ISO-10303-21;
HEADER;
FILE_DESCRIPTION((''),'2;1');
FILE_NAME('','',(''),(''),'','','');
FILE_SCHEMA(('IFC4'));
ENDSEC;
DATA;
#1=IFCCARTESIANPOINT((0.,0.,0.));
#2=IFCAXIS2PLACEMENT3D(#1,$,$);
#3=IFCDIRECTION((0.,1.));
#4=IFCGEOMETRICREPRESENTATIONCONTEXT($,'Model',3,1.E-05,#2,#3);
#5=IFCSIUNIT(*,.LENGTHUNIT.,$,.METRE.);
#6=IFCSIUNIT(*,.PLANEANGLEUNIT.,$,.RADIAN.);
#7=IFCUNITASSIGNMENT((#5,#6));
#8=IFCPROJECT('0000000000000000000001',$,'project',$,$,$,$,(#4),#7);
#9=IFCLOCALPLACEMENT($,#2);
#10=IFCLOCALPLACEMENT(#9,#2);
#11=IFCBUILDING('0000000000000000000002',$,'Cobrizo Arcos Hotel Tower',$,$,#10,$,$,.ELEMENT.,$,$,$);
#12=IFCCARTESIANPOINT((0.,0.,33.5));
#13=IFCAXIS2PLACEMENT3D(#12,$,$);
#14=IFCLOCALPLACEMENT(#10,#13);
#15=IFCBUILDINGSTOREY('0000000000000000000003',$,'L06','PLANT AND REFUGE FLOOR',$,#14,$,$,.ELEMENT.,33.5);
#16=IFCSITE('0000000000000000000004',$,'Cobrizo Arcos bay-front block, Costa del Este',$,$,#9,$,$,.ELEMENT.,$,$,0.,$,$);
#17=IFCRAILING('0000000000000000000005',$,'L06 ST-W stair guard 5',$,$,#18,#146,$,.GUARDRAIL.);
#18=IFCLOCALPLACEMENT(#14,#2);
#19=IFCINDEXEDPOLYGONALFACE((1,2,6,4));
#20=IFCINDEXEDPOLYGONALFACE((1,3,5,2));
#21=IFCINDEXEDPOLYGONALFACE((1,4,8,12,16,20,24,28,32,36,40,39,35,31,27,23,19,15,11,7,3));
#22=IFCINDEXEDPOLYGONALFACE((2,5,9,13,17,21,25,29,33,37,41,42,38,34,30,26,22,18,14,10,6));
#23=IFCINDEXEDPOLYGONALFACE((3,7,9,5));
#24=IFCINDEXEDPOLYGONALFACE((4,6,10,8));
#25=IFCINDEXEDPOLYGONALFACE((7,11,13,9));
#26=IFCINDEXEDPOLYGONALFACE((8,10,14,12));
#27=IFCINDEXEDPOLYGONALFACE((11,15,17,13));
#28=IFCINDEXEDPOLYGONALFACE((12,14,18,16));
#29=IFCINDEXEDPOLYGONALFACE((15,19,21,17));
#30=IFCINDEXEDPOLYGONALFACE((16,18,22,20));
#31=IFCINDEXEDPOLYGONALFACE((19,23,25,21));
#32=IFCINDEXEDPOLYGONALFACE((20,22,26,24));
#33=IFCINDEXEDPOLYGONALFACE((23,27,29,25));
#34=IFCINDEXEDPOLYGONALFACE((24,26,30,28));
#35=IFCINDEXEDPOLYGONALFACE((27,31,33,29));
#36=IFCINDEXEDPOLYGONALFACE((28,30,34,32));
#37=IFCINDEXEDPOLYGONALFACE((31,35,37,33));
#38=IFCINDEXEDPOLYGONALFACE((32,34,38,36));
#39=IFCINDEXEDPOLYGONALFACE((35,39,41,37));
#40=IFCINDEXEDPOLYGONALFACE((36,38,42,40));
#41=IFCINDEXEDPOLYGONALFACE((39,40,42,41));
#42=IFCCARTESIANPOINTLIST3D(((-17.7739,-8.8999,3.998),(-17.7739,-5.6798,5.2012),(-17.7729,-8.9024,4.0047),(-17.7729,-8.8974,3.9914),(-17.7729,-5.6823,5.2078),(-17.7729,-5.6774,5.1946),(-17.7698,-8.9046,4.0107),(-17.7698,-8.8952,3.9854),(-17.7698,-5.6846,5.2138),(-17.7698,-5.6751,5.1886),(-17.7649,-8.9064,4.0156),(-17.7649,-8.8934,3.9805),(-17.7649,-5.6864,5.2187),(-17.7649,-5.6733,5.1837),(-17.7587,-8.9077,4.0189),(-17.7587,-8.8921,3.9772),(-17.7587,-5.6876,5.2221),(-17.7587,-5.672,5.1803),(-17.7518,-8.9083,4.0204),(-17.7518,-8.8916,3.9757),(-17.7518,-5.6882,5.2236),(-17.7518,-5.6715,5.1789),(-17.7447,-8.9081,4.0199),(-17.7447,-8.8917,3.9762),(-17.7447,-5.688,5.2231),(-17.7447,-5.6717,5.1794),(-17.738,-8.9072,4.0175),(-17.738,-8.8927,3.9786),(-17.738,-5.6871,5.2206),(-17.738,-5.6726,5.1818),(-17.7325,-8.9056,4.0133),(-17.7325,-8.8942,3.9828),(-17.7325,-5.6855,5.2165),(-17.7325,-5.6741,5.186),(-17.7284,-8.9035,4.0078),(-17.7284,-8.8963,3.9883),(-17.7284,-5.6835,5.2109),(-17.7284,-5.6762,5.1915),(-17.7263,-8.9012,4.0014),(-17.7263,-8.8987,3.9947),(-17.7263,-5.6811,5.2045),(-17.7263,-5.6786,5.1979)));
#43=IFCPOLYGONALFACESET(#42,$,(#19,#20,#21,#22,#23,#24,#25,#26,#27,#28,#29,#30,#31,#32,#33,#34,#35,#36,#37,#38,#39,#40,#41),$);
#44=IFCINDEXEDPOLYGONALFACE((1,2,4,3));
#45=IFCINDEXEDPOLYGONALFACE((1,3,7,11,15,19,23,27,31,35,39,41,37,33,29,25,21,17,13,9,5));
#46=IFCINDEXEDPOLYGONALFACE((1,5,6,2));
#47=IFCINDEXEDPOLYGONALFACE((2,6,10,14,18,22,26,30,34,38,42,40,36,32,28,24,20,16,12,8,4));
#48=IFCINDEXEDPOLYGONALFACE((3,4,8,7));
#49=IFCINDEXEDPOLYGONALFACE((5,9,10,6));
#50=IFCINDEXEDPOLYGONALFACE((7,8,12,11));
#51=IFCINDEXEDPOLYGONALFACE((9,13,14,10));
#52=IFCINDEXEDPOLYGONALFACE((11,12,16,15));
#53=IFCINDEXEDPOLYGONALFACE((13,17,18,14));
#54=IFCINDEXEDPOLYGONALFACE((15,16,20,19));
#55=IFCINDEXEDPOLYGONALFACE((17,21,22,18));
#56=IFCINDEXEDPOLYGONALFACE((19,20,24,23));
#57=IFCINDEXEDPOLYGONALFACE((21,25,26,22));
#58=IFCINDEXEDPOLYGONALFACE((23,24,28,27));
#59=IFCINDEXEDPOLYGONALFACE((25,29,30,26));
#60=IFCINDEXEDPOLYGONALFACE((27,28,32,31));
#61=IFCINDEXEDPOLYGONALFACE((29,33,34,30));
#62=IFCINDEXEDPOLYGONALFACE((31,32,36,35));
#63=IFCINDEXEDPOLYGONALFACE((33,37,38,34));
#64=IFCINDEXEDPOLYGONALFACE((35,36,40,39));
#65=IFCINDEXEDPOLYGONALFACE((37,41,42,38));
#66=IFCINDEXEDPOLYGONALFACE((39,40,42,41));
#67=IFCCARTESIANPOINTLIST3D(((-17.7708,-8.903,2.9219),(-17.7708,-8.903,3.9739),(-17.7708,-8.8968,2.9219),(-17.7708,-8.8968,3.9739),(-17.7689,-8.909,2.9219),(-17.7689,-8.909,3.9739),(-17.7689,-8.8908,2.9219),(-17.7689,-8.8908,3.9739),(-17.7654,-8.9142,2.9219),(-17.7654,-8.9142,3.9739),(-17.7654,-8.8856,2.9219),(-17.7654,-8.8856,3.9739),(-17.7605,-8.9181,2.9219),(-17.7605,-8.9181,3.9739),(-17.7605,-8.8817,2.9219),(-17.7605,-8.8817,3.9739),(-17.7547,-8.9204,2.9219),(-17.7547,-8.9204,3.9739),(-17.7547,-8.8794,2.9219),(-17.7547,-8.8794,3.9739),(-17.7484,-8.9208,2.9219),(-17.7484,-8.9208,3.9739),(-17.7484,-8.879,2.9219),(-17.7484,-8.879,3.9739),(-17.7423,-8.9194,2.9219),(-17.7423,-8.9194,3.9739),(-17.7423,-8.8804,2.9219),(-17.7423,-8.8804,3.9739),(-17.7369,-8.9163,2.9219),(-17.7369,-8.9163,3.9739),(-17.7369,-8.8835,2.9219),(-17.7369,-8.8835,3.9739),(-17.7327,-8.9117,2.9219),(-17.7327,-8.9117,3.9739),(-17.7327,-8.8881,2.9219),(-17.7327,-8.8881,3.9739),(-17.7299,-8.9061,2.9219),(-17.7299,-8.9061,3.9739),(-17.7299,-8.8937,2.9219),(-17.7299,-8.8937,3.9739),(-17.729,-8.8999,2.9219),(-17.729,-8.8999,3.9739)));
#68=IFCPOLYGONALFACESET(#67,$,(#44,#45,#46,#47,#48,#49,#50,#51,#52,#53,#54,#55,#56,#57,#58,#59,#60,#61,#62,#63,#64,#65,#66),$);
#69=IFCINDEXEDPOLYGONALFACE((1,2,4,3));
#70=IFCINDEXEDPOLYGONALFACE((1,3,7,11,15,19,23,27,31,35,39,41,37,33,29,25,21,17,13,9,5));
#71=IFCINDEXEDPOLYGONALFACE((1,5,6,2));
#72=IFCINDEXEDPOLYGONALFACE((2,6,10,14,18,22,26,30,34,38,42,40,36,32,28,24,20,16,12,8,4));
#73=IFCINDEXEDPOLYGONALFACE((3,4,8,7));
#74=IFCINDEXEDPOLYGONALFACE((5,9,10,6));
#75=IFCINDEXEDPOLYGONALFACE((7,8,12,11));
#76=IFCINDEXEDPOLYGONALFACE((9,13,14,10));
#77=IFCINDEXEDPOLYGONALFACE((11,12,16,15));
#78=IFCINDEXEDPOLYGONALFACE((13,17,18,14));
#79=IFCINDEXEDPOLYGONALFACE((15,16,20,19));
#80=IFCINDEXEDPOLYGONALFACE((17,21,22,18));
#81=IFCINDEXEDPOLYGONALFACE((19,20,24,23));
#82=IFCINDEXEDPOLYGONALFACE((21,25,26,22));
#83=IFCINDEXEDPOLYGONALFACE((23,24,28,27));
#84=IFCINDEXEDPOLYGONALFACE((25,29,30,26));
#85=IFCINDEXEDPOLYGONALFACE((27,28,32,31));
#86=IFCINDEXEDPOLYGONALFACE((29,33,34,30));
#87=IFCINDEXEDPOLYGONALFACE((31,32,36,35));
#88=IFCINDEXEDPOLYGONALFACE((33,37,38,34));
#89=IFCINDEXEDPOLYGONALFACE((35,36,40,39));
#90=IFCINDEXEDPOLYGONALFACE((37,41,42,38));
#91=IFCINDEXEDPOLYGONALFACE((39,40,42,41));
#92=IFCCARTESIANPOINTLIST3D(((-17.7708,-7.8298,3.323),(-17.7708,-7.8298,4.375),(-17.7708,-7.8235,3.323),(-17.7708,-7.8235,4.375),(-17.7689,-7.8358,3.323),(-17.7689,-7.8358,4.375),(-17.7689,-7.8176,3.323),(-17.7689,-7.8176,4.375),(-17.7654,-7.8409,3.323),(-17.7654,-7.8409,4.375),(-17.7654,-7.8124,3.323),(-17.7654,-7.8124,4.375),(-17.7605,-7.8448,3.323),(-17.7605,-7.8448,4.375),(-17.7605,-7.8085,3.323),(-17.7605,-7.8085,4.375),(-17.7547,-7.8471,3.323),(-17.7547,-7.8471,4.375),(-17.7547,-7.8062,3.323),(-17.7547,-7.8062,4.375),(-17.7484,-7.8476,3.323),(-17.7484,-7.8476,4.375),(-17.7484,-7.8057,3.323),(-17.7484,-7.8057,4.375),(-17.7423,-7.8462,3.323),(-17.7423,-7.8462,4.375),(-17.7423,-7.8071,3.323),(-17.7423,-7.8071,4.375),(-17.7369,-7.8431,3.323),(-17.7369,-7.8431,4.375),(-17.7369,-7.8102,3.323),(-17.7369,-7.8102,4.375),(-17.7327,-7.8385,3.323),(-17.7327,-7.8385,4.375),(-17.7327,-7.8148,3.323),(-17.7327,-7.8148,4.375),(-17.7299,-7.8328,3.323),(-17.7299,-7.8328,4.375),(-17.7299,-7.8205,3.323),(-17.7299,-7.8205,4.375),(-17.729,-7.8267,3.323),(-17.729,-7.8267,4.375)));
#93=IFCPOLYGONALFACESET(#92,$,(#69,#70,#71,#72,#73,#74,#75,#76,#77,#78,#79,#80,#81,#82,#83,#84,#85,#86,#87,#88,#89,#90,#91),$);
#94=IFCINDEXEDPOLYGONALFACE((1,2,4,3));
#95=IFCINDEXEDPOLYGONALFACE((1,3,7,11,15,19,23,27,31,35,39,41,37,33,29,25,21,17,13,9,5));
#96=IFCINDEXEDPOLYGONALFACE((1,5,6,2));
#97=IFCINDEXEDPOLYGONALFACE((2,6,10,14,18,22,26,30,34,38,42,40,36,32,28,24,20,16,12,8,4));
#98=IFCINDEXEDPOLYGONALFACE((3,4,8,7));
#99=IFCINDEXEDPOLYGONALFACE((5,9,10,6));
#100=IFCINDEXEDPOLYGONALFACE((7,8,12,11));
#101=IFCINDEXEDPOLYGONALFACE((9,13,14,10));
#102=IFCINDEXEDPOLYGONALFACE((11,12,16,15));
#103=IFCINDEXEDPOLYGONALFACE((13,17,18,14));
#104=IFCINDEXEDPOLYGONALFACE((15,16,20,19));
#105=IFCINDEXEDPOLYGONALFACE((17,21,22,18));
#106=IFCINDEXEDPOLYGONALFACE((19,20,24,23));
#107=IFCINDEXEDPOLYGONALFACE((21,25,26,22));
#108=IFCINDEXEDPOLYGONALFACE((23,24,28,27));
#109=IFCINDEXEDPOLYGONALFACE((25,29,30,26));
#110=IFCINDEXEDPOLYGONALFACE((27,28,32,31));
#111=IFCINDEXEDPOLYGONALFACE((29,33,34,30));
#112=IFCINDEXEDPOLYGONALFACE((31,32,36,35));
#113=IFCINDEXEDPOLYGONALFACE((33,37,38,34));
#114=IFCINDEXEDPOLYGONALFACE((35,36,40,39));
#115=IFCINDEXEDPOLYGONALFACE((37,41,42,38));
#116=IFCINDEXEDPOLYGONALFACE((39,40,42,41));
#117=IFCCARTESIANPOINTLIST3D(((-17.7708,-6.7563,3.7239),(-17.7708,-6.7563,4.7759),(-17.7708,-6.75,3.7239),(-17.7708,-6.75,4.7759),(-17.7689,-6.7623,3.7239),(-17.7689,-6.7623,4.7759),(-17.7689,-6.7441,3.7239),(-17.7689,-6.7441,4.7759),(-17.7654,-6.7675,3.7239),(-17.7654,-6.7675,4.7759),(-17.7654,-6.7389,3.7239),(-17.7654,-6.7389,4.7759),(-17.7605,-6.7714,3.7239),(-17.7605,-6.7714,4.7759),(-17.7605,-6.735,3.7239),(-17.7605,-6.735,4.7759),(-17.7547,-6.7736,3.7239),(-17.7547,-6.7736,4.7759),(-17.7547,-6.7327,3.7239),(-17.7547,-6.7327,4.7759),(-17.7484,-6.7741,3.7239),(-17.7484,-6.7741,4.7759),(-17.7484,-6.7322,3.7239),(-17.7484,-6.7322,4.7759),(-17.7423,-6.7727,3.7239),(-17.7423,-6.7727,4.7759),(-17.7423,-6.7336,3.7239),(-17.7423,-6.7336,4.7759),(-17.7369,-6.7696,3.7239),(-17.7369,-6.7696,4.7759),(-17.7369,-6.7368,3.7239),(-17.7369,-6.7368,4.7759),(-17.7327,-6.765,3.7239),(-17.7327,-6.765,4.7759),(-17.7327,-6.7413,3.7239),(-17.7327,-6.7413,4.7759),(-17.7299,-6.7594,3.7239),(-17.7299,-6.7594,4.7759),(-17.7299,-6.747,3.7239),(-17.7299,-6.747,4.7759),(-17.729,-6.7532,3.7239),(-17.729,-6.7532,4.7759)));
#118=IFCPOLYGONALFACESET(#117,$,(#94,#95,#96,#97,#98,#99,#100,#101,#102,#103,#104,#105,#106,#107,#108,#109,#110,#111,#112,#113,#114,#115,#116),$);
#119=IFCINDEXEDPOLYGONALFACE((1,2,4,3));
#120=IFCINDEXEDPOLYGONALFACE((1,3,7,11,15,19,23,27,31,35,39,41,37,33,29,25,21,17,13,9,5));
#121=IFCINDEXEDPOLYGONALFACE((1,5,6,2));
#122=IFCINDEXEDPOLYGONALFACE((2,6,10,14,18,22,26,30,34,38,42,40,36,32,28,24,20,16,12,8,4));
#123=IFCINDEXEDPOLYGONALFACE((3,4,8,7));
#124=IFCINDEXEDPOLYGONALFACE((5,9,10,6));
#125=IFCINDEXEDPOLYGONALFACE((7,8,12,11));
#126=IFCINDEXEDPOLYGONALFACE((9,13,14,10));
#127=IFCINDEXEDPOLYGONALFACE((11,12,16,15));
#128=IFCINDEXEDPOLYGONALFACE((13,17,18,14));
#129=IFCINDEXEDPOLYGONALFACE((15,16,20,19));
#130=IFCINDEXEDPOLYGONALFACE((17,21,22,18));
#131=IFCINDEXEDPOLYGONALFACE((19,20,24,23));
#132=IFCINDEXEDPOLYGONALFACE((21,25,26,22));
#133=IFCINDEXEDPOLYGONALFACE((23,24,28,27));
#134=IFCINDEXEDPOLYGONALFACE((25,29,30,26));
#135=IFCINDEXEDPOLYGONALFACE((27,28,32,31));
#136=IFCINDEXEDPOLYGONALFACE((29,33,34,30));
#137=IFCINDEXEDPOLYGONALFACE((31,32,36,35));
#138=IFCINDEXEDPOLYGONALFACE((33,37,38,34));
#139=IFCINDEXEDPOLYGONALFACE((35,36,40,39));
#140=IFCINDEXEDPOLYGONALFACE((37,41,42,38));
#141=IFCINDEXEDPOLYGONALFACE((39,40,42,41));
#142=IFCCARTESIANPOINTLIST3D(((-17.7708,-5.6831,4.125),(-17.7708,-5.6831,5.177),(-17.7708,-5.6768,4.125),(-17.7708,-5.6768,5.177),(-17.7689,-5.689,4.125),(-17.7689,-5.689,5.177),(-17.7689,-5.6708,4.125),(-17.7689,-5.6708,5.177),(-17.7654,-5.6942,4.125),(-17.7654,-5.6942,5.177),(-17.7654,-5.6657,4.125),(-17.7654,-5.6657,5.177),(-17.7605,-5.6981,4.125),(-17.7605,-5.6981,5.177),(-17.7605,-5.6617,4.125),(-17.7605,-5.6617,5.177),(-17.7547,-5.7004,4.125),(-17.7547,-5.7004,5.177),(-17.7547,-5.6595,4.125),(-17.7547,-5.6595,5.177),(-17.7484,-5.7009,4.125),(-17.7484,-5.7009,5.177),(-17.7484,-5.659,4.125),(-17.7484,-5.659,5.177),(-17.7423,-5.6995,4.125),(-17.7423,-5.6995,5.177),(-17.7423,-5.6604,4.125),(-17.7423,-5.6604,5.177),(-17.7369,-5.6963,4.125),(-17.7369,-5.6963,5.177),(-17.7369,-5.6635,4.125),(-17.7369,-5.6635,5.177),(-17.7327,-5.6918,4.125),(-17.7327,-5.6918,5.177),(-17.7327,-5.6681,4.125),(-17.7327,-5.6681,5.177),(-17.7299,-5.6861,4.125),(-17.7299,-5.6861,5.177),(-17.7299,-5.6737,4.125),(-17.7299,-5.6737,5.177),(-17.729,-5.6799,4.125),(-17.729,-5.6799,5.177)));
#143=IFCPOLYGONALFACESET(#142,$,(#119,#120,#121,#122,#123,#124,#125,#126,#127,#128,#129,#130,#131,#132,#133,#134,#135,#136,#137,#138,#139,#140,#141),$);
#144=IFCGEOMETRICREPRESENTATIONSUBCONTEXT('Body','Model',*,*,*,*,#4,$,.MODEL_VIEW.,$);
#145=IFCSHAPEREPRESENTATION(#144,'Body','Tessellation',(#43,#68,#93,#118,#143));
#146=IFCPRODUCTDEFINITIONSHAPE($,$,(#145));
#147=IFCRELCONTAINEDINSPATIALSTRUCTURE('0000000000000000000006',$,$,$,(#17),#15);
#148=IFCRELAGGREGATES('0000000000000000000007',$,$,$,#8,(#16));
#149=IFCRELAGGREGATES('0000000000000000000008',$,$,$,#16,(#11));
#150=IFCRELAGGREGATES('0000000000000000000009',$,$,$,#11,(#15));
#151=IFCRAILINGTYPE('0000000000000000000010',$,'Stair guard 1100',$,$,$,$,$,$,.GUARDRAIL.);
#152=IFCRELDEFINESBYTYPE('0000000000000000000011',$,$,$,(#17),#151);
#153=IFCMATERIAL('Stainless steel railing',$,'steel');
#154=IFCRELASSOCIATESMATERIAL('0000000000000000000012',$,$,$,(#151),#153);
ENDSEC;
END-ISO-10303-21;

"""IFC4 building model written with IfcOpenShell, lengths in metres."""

from ifc_helpers import new_model, si_unit, direction, frame, origin, origin_2d, place, context, subcontext, project, spatial, circle, extrude, material, type_object, element, save


model = new_model("IFC4")

# Units and contexts
model_context = context("Model", 3, precision=1e-05, world=origin(), true_north=direction((0.0, 1.0)))
body_context = subcontext(model_context, "Body", "Model", "MODEL_VIEW")
ifc_project = project(units=[si_unit("LENGTHUNIT", "METRE"), si_unit("PLANEANGLEUNIT", "RADIAN")], contexts=[model_context])

# Site, building, storey
site_placement = place(None, origin())
site = spatial("IfcSite", under=ifc_project, at=site_placement, Name="Cobrizo Arcos bay-front block, Costa del Este", CompositionType="ELEMENT", RefElevation=0.0)
building_placement = place(site_placement, origin())
building = spatial("IfcBuilding", under=site, at=building_placement, Name="Cobrizo Arcos Hotel Tower", CompositionType="ELEMENT")
storey_placement = place(building_placement, frame((0.0, 0.0, 33.5)))
storey = spatial("IfcBuildingStorey", under=building, at=storey_placement, Name="L06", Description="PLANT AND REFUGE FLOOR", CompositionType="ELEMENT", Elevation=33.5)

# Railing
ifc_material_1 = material(Name="Stainless steel railing", Category="steel")
railing_type_1 = type_object("IfcRailingType", Name="Stair guard 1100", PredefinedType="GUARDRAIL", material=ifc_material_1)
railing_1_placement = place(storey_placement, frame((-17.75, -8.8999, 2.9219)))
element("IfcRailing", 1, at=railing_1_placement, inside=storey, type_object=railing_type_1, Name="L06 ST-W stair guard 5", PredefinedType="GUARDRAIL", context=body_context, shape_type="SweptSolid", body=[
    extrude(circle(Radius=0.0239, at=origin_2d()), frame((0.0, 0.0, 1.0762), z_axis=(0.0, 0.936746, 0.35001), x_axis=(-1.0, 0.0, 0.0)), (0.0, 0.0, 1.0), 3.4375),
    extrude(circle(Radius=0.021, at=origin_2d()), origin(), (0.0, 0.0, 1.0), 1.052),
    extrude(circle(Radius=0.021, at=origin_2d()), frame((0.0, 1.0732, 0.4011)), (0.0, 0.0, 1.0), 1.052),
    extrude(circle(Radius=0.021, at=origin_2d()), frame((0.0, 2.1467, 0.802)), (0.0, 0.0, 1.0), 1.052),
    extrude(circle(Radius=0.021, at=origin_2d()), frame((0.0, 3.22, 1.2031)), (0.0, 0.0, 1.0), 1.052),
])

save(model, "model.ifc")
